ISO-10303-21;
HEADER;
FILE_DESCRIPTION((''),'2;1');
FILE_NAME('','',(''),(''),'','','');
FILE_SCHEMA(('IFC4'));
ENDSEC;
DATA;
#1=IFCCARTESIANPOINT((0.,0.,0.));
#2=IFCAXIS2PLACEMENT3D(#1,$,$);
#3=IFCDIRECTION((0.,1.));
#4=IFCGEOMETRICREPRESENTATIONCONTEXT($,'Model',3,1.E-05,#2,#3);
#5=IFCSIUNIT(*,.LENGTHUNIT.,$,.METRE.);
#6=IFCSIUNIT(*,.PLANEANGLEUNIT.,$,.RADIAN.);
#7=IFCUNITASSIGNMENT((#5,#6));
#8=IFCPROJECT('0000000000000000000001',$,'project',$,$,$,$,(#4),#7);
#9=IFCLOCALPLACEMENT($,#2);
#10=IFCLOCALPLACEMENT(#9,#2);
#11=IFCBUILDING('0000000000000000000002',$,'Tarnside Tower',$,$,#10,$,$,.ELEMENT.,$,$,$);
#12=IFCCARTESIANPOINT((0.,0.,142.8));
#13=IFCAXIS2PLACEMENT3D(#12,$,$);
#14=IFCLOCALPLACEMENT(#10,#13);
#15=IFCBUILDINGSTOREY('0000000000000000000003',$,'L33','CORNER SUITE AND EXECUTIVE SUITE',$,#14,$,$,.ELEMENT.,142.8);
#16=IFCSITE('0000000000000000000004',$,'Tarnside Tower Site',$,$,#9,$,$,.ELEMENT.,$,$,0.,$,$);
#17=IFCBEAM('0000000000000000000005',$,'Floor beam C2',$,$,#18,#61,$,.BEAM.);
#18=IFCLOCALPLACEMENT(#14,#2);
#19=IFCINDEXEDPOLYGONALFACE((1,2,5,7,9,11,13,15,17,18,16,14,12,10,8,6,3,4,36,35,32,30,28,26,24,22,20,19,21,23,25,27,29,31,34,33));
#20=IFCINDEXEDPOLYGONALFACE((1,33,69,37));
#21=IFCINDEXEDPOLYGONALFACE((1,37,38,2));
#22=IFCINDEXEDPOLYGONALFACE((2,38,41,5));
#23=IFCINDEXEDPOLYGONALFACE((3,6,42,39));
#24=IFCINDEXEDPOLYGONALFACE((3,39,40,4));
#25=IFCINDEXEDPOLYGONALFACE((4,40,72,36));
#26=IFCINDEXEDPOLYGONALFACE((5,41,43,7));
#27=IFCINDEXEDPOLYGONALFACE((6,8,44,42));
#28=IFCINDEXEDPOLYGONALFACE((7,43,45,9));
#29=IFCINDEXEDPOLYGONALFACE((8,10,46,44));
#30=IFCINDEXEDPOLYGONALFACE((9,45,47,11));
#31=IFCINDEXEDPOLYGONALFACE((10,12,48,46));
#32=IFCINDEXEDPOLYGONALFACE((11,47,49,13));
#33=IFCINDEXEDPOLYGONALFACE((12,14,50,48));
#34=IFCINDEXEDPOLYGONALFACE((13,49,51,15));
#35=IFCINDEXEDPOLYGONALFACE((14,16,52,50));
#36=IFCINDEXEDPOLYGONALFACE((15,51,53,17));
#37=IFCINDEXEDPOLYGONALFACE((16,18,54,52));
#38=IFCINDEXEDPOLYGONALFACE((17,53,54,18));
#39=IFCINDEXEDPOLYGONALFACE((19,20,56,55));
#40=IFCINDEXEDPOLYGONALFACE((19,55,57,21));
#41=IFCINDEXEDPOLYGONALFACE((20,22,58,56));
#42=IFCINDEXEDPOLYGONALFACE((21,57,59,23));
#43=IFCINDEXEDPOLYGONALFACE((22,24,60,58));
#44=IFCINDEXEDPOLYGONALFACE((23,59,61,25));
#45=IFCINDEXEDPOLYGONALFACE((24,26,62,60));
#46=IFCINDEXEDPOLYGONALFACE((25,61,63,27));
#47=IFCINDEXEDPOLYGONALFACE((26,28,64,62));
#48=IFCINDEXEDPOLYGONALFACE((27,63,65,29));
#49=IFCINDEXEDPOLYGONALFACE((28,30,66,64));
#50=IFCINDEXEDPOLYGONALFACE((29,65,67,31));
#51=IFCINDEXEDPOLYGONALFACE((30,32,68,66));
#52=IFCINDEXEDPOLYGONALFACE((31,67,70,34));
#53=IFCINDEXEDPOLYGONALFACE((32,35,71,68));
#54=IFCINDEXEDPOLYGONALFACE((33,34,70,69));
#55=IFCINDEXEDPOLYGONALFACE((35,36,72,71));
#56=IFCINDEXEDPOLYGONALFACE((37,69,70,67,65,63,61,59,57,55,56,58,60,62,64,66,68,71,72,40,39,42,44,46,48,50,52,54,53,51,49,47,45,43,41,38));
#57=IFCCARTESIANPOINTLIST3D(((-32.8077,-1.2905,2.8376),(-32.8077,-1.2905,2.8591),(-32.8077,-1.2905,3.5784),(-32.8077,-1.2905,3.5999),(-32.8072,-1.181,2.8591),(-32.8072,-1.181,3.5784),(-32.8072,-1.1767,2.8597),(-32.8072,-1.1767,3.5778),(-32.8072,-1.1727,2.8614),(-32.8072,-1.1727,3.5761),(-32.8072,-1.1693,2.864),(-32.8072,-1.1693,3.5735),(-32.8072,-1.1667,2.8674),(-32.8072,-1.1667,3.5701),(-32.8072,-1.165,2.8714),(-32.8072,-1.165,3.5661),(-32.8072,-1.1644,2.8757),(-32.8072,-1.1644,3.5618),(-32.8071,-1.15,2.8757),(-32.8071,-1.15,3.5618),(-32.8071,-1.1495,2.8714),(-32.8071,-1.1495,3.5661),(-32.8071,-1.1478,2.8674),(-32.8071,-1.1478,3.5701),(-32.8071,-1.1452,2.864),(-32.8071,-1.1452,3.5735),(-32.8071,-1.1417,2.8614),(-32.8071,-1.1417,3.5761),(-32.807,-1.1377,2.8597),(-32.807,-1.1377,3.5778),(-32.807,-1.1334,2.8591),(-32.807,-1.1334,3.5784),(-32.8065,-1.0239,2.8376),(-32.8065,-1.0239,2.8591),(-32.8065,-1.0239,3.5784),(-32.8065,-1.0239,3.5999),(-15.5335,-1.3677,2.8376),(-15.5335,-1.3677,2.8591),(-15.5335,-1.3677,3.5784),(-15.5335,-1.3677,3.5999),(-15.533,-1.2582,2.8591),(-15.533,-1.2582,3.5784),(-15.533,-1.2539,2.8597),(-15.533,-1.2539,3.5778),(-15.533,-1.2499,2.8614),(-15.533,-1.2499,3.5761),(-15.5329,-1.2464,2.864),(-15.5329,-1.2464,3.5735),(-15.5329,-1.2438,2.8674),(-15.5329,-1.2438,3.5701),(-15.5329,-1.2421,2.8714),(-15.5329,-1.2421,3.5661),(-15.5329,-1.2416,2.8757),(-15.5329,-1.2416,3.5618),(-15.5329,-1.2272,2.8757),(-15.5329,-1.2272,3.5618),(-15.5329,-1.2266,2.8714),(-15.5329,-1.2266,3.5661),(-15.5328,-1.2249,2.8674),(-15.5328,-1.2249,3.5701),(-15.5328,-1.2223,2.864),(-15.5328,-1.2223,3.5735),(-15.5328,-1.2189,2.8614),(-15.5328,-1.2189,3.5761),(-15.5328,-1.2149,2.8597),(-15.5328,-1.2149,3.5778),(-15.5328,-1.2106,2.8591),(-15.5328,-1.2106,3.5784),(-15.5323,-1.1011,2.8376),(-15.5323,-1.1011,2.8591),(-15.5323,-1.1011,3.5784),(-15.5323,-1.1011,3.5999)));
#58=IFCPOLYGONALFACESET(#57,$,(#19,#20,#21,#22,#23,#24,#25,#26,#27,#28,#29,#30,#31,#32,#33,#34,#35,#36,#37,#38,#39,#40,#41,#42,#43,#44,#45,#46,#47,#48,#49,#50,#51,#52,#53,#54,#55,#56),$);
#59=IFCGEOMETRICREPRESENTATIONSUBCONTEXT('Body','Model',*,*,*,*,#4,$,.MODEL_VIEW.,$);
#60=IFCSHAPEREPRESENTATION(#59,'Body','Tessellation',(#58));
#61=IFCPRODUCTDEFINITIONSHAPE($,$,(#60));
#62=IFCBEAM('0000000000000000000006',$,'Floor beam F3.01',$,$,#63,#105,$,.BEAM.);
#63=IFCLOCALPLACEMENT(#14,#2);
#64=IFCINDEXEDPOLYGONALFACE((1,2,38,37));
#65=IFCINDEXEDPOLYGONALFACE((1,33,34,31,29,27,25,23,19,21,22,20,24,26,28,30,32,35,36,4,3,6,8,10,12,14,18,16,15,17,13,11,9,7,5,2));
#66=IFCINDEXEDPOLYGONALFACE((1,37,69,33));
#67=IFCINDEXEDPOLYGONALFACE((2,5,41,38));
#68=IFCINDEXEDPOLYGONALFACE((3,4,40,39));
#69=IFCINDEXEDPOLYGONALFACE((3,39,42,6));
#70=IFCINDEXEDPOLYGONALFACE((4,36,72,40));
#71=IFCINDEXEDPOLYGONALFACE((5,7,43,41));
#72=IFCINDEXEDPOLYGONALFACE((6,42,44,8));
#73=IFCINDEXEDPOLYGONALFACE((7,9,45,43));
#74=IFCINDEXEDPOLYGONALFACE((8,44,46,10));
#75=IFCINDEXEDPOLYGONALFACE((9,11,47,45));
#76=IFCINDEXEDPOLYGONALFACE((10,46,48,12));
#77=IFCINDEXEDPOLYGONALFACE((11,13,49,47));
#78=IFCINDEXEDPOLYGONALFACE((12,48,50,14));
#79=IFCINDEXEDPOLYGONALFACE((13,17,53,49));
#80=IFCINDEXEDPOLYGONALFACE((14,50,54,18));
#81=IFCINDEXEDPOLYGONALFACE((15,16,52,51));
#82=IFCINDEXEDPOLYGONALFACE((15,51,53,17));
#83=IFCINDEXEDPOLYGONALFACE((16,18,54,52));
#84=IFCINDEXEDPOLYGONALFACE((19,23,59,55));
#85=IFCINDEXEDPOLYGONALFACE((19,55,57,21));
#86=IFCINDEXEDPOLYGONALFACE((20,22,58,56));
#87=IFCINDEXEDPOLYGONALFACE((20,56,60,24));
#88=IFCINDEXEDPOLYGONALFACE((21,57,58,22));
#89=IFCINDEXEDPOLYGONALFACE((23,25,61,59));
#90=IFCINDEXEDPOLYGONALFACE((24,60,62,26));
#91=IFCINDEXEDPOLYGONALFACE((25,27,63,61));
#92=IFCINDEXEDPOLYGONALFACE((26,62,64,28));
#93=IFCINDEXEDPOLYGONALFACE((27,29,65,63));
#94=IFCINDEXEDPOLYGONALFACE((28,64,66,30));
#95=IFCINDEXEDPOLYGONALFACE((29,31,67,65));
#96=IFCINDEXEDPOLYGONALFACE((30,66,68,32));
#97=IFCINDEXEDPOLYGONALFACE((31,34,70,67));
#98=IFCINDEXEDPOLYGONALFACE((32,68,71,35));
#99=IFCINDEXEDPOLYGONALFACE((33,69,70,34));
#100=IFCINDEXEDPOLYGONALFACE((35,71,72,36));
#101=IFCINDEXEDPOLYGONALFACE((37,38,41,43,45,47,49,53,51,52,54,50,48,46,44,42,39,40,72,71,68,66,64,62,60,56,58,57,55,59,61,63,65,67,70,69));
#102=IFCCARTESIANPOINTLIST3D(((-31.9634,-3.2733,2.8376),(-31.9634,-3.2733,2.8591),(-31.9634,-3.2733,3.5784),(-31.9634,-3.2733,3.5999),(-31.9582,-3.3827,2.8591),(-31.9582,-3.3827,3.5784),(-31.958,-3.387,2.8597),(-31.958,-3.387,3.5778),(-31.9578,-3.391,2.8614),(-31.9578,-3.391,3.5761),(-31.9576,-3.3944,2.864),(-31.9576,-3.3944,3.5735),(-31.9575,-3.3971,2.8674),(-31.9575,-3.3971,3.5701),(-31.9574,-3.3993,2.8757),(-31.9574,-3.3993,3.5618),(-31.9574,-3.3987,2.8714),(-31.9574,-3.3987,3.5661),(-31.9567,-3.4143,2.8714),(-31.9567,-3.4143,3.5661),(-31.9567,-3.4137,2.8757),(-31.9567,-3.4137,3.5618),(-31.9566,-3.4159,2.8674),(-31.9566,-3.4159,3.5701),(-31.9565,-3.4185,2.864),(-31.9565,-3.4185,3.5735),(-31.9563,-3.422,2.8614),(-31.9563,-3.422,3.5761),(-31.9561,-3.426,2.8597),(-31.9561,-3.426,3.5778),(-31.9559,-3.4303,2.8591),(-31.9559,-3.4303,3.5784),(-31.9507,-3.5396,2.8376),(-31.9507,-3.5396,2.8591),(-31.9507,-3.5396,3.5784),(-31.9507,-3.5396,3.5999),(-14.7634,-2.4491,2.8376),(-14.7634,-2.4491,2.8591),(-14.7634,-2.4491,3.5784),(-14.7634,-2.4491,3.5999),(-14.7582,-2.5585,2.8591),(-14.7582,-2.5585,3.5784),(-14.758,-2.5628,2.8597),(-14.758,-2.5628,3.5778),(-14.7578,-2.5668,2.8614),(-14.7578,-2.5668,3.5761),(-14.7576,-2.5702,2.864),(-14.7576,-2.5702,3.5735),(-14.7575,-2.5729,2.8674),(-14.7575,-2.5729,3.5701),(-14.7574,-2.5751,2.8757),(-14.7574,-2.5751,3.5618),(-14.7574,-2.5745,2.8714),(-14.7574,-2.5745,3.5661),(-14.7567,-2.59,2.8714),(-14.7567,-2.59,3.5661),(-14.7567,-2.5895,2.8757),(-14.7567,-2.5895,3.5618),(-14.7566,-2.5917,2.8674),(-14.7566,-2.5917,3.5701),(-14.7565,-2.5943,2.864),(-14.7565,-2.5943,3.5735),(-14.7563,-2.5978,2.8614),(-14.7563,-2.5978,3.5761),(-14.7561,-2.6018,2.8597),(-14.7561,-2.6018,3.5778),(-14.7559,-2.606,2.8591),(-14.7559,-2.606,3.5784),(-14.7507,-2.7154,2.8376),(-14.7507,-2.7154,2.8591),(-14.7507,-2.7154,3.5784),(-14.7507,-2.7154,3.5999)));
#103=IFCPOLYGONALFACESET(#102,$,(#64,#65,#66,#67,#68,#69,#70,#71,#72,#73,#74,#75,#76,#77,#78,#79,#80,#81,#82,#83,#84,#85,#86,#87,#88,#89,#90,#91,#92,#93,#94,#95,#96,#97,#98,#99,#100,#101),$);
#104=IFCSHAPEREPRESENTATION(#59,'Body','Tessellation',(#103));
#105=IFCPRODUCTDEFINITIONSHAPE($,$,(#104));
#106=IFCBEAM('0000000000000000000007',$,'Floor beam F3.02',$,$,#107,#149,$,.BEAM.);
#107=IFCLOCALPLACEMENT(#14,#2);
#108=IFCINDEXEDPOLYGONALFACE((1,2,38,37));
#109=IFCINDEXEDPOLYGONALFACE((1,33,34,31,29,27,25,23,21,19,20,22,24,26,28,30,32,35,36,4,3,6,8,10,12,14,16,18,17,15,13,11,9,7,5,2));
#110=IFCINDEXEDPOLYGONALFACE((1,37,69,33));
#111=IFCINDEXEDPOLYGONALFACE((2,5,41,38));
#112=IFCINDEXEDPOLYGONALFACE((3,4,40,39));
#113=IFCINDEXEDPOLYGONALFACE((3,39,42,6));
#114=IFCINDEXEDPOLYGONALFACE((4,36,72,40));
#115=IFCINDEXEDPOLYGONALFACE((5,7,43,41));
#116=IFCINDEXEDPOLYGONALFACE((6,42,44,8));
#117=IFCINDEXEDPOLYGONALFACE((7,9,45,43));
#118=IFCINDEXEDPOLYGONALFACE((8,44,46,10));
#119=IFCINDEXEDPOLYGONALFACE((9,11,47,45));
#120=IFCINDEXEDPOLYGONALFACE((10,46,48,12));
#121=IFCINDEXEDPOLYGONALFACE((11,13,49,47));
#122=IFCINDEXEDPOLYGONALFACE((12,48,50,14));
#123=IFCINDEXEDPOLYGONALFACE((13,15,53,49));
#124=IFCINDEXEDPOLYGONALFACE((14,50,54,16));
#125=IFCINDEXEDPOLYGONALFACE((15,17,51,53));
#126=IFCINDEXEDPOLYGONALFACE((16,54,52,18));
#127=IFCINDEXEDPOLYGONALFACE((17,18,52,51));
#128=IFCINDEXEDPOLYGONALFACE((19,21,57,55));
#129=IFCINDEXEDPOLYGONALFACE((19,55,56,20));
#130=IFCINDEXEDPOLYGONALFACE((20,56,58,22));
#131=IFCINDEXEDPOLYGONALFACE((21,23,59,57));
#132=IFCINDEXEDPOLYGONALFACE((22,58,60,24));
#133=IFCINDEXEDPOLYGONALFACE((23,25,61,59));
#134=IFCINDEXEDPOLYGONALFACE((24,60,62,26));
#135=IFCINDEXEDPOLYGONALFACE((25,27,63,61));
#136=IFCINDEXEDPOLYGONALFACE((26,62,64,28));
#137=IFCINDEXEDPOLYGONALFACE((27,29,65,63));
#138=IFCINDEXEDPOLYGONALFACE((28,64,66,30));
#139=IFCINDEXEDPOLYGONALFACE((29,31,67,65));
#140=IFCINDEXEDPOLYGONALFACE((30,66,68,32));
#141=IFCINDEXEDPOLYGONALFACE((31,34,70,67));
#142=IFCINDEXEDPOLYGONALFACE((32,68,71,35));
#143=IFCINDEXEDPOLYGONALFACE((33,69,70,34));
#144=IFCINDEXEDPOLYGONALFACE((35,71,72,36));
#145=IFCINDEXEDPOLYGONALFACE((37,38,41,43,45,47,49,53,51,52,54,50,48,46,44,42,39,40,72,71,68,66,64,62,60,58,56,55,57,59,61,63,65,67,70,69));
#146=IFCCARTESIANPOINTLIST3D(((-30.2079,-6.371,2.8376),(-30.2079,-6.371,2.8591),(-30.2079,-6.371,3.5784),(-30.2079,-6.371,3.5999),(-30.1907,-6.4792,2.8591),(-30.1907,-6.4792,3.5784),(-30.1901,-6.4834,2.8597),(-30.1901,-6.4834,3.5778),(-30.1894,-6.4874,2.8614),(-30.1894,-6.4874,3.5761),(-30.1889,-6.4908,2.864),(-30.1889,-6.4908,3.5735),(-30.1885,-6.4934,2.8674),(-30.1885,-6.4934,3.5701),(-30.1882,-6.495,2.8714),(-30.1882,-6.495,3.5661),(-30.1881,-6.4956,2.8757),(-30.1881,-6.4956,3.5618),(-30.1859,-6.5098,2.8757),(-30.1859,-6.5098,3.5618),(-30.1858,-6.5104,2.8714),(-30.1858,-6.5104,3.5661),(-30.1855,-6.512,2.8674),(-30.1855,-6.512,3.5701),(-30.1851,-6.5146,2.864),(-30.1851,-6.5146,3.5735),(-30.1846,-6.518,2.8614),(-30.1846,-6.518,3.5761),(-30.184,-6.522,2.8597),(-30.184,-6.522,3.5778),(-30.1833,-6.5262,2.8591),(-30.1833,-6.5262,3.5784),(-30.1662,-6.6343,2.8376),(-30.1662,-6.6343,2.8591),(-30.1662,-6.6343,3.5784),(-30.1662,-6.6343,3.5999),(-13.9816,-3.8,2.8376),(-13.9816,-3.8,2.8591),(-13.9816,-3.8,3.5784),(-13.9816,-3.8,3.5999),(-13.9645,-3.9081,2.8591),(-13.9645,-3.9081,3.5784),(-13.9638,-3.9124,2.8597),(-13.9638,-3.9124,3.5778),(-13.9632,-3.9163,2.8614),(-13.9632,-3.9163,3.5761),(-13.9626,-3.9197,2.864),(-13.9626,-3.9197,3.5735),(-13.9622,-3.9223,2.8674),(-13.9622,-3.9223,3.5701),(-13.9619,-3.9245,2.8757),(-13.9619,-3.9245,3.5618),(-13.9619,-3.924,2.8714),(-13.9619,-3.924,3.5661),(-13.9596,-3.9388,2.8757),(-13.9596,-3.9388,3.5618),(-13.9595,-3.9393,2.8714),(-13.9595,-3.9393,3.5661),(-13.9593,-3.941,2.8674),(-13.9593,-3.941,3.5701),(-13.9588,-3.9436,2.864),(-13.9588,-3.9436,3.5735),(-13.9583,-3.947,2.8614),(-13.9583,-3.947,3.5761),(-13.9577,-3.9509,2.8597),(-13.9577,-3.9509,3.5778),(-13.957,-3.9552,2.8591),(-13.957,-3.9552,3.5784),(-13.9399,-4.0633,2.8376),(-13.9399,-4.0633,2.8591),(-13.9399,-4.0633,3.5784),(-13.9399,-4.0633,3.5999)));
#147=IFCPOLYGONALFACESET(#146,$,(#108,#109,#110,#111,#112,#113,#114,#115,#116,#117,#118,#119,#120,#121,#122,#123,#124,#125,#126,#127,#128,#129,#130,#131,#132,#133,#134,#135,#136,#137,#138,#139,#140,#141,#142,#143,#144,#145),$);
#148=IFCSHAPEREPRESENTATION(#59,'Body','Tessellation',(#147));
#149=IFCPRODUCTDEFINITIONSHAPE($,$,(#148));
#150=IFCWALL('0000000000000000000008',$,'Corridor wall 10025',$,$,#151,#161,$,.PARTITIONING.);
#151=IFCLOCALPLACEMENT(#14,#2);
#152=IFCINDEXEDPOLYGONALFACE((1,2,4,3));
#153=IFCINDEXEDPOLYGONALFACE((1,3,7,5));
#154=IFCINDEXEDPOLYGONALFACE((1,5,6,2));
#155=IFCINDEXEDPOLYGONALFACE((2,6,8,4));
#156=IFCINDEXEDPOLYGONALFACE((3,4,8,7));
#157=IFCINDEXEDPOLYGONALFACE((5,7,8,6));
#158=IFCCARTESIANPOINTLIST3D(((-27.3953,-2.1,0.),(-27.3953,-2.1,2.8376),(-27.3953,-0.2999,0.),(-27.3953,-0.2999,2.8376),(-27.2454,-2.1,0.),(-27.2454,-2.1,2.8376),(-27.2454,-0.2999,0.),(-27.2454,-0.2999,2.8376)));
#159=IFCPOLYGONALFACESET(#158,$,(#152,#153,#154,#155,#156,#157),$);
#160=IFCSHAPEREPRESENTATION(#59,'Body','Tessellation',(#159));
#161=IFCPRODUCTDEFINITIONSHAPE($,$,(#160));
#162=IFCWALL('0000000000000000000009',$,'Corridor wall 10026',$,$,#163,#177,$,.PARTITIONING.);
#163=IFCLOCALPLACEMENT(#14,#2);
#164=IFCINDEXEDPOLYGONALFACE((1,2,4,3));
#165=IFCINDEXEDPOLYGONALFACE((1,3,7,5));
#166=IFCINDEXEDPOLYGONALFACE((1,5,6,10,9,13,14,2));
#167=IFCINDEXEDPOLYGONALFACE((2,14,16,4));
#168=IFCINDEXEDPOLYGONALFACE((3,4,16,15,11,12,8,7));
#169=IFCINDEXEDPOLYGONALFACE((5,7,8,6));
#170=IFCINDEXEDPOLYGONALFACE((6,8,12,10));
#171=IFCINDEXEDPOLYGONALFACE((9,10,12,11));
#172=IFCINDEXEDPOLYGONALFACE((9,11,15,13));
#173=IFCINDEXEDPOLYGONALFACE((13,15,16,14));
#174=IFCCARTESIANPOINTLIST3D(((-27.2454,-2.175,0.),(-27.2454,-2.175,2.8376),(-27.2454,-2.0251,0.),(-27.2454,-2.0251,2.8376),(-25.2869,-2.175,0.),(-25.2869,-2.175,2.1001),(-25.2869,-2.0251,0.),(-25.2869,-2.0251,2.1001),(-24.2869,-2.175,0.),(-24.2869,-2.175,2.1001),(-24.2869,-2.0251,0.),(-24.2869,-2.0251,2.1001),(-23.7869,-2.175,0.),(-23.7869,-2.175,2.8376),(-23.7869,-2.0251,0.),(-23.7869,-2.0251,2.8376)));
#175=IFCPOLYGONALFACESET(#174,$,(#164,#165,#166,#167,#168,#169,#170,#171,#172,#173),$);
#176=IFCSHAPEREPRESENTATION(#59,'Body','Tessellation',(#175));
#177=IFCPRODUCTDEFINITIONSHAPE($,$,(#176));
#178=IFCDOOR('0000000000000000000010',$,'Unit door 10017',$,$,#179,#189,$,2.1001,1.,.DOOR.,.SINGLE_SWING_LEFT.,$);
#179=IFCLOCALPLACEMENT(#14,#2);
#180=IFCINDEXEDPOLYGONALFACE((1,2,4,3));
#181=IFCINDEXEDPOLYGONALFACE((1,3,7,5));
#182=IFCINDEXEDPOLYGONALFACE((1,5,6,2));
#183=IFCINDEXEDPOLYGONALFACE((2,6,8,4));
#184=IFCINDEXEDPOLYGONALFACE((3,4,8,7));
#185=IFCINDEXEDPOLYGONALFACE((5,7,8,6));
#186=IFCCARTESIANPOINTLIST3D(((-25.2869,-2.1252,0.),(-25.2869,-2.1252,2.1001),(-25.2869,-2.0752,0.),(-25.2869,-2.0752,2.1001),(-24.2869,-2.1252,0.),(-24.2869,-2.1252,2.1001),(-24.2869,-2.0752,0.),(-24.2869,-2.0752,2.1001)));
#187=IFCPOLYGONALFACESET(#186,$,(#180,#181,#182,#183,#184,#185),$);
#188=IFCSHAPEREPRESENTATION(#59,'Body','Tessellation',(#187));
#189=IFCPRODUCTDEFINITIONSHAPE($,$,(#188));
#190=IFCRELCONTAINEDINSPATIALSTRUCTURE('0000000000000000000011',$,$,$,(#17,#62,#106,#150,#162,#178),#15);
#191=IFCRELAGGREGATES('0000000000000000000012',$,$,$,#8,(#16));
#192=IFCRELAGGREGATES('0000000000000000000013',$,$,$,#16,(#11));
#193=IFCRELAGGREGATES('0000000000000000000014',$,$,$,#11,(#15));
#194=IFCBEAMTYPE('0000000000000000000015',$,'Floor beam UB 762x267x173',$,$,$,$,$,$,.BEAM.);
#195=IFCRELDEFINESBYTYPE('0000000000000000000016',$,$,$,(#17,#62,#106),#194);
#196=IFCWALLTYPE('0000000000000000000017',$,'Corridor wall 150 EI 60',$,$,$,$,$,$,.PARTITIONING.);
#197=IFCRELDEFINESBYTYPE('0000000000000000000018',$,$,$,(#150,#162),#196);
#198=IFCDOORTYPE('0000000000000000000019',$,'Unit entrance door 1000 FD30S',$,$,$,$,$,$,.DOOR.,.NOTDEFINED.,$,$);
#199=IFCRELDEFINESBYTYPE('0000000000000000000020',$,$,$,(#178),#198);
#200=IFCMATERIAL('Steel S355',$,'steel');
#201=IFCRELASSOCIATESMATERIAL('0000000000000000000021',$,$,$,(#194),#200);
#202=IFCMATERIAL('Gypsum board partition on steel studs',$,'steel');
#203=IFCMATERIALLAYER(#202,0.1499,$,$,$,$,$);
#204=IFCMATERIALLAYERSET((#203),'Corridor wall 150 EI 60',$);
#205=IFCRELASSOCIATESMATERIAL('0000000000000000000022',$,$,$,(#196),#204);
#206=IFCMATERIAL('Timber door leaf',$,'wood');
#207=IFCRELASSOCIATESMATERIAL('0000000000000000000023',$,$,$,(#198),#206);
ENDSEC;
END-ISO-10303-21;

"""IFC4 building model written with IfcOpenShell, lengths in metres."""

from ifc_helpers import new_model, si_unit, direction, frame, frame_2d, origin, origin_2d, place, context, subcontext, project, spatial, rectangle, i_section, extrude, material, layer, layer_set, material_profile, profile_set, type_object, element, fill, save


model = new_model("IFC4")

# Units and contexts
model_context = context("Model", 3, precision=1e-05, world=origin(), true_north=direction((0.0, 1.0)))
body_context = subcontext(model_context, "Body", "Model", "MODEL_VIEW")
ifc_project = project(units=[si_unit("LENGTHUNIT", "METRE"), si_unit("PLANEANGLEUNIT", "RADIAN")], contexts=[model_context])

# Site, building, storey
site_placement = place(None, origin())
site = spatial("IfcSite", under=ifc_project, at=site_placement, Name="Tarnside Tower Site", CompositionType="ELEMENT", RefElevation=0.0)
building_placement = place(site_placement, origin())
building = spatial("IfcBuilding", under=site, at=building_placement, Name="Tarnside Tower", CompositionType="ELEMENT")
storey_placement = place(building_placement, frame((0.0, 0.0, 142.8)))
storey = spatial("IfcBuildingStorey", under=building, at=storey_placement, Name="L33", Description="CORNER SUITE AND EXECUTIVE SUITE", CompositionType="ELEMENT", Elevation=142.8)

# Beams
ifc_material_1 = material(Name="Steel S355", Category="steel")
ifc_material_profile = material_profile(ifc_material_1, i_section(OverallWidth=0.2666, OverallDepth=0.7622, WebThickness=0.0144, FlangeThickness=0.0215, FilletRadius=0.0166, at=origin_2d()), Name="UB 762x267x173")
ifc_profile_set = profile_set([ifc_material_profile], Name="Steel S355")
beam_type = type_object("IfcBeamType", Name="Floor beam UB 762x267x173", PredefinedType="BEAM", material=ifc_profile_set)
beam_1_placement = place(storey_placement, frame((-32.8071, -1.1572, 3.2188), z_axis=(0.99999, -0.004466, 0.0), x_axis=(0.004466, 0.99999, 0.0)))
element("IfcBeam", 1, at=beam_1_placement, inside=storey, type_object=beam_type, Name="Floor beam C2", PredefinedType="BEAM", context=body_context, shape_type="SweptSolid", body=[
    extrude(i_section(OverallWidth=0.2666, OverallDepth=0.7622, WebThickness=0.0144, FlangeThickness=0.0215, FilletRadius=0.0166, at=origin_2d()), origin(), (0.0, 0.0, 1.0), 17.2744),
])
beam_2_placement = place(storey_placement, frame((-31.957, -3.4065, 3.2188), z_axis=(0.998854, 0.047865, 0.0), x_axis=(-0.047865, 0.998854, 0.0)))
element("IfcBeam", 2, at=beam_2_placement, inside=storey, type_object=beam_type, Name="Floor beam F3.01", PredefinedType="BEAM", context=body_context, shape_type="SweptSolid", body=[
    extrude(i_section(OverallWidth=0.2666, OverallDepth=0.7622, WebThickness=0.0144, FlangeThickness=0.0215, FilletRadius=0.0166, at=origin_2d()), origin(), (0.0, 0.0, 1.0), 17.2197),
])
beam_3_placement = place(storey_placement, frame((-30.187, -6.5027, 3.2188), z_axis=(0.987678, 0.156497, 0.0), x_axis=(-0.156497, 0.987678, 0.0)))
element("IfcBeam", 3, at=beam_3_placement, inside=storey, type_object=beam_type, Name="Floor beam F3.02", PredefinedType="BEAM", context=body_context, shape_type="SweptSolid", body=[
    extrude(i_section(OverallWidth=0.2666, OverallDepth=0.7622, WebThickness=0.0144, FlangeThickness=0.0215, FilletRadius=0.0166, at=origin_2d()), origin(), (0.0, 0.0, 1.0), 16.4287),
])

# Wall
ifc_material_2 = material(Name="Gypsum board partition on steel studs", Category="steel")
ifc_layer_1 = layer(ifc_material_2, 0.1499)
ifc_layer_set_1 = layer_set([ifc_layer_1], Name="Corridor wall 150 EI 60")
wall_type_1 = type_object("IfcWallType", Name="Corridor wall 150 EI 60", PredefinedType="PARTITIONING", material=ifc_layer_set_1)
wall_1_placement = place(storey_placement, frame((-27.3203, -0.3, 0.0), z_axis=(0.0, 0.0, 1.0), x_axis=(0.0, -1.0, 0.0)))
element("IfcWall", 4, at=wall_1_placement, inside=storey, type_object=wall_type_1, Name="Corridor wall 10025", PredefinedType="PARTITIONING", context=body_context, shape_type="SweptSolid", body=[
    extrude(rectangle(XDim=1.8, YDim=0.1499, at=frame_2d((0.8999, 0.0))), origin(), (0.0, 0.0, 1.0), 2.8376),
])

# Wall, opening, door
wall_2_placement = place(storey_placement, frame((-27.2454, -2.1001, 0.0), z_axis=(0.0, 0.0, 1.0), x_axis=(1.0, 0.0, 0.0)))
wall_2 = element("IfcWall", 5, at=wall_2_placement, inside=storey, type_object=wall_type_1, Name="Corridor wall 10026", PredefinedType="PARTITIONING", context=body_context, shape_type="SweptSolid", body=[
    extrude(rectangle(XDim=3.4585, YDim=0.1499, at=frame_2d((1.7292, 0.0))), origin(), (0.0, 0.0, 1.0), 2.8376),
])
opening_1_placement = place(wall_2_placement, frame((1.9585, 0.0, 0.0)))
opening_1 = element("IfcOpeningElement", 6, at=opening_1_placement, cuts=wall_2, PredefinedType="OPENING", context=body_context, shape_type="SweptSolid", body=[
    extrude(rectangle(XDim=1.0, YDim=2.1001, at=frame_2d((0.5, 1.05))), frame((0.0, 0.085, 0.0), z_axis=(0.0, -1.0, 0.0), x_axis=(1.0, 0.0, 0.0)), (0.0, 0.0, 1.0), 0.1699),
])
ifc_material_3 = material(Name="Timber door leaf", Category="wood")
door_type = type_object("IfcDoorType", Name="Unit entrance door 1000 FD30S", OperationType="NOTDEFINED", PredefinedType="DOOR", material=ifc_material_3)
door_placement = place(opening_1_placement, origin())
door = element("IfcDoor", 7, at=door_placement, inside=storey, type_object=door_type, Name="Unit door 10017", OperationType="SINGLE_SWING_LEFT", OverallHeight=2.1001, OverallWidth=1.0, PredefinedType="DOOR", context=body_context, shape_type="SweptSolid", body=[
    extrude(rectangle(XDim=1.0, YDim=2.1001, at=frame_2d((0.5, 1.05))), frame((0.0, 0.0249, 0.0), z_axis=(0.0, -1.0, 0.0), x_axis=(1.0, 0.0, 0.0)), (0.0, 0.0, 1.0), 0.05),
])
fill(opening_1, door)

save(model, "model.ifc")
